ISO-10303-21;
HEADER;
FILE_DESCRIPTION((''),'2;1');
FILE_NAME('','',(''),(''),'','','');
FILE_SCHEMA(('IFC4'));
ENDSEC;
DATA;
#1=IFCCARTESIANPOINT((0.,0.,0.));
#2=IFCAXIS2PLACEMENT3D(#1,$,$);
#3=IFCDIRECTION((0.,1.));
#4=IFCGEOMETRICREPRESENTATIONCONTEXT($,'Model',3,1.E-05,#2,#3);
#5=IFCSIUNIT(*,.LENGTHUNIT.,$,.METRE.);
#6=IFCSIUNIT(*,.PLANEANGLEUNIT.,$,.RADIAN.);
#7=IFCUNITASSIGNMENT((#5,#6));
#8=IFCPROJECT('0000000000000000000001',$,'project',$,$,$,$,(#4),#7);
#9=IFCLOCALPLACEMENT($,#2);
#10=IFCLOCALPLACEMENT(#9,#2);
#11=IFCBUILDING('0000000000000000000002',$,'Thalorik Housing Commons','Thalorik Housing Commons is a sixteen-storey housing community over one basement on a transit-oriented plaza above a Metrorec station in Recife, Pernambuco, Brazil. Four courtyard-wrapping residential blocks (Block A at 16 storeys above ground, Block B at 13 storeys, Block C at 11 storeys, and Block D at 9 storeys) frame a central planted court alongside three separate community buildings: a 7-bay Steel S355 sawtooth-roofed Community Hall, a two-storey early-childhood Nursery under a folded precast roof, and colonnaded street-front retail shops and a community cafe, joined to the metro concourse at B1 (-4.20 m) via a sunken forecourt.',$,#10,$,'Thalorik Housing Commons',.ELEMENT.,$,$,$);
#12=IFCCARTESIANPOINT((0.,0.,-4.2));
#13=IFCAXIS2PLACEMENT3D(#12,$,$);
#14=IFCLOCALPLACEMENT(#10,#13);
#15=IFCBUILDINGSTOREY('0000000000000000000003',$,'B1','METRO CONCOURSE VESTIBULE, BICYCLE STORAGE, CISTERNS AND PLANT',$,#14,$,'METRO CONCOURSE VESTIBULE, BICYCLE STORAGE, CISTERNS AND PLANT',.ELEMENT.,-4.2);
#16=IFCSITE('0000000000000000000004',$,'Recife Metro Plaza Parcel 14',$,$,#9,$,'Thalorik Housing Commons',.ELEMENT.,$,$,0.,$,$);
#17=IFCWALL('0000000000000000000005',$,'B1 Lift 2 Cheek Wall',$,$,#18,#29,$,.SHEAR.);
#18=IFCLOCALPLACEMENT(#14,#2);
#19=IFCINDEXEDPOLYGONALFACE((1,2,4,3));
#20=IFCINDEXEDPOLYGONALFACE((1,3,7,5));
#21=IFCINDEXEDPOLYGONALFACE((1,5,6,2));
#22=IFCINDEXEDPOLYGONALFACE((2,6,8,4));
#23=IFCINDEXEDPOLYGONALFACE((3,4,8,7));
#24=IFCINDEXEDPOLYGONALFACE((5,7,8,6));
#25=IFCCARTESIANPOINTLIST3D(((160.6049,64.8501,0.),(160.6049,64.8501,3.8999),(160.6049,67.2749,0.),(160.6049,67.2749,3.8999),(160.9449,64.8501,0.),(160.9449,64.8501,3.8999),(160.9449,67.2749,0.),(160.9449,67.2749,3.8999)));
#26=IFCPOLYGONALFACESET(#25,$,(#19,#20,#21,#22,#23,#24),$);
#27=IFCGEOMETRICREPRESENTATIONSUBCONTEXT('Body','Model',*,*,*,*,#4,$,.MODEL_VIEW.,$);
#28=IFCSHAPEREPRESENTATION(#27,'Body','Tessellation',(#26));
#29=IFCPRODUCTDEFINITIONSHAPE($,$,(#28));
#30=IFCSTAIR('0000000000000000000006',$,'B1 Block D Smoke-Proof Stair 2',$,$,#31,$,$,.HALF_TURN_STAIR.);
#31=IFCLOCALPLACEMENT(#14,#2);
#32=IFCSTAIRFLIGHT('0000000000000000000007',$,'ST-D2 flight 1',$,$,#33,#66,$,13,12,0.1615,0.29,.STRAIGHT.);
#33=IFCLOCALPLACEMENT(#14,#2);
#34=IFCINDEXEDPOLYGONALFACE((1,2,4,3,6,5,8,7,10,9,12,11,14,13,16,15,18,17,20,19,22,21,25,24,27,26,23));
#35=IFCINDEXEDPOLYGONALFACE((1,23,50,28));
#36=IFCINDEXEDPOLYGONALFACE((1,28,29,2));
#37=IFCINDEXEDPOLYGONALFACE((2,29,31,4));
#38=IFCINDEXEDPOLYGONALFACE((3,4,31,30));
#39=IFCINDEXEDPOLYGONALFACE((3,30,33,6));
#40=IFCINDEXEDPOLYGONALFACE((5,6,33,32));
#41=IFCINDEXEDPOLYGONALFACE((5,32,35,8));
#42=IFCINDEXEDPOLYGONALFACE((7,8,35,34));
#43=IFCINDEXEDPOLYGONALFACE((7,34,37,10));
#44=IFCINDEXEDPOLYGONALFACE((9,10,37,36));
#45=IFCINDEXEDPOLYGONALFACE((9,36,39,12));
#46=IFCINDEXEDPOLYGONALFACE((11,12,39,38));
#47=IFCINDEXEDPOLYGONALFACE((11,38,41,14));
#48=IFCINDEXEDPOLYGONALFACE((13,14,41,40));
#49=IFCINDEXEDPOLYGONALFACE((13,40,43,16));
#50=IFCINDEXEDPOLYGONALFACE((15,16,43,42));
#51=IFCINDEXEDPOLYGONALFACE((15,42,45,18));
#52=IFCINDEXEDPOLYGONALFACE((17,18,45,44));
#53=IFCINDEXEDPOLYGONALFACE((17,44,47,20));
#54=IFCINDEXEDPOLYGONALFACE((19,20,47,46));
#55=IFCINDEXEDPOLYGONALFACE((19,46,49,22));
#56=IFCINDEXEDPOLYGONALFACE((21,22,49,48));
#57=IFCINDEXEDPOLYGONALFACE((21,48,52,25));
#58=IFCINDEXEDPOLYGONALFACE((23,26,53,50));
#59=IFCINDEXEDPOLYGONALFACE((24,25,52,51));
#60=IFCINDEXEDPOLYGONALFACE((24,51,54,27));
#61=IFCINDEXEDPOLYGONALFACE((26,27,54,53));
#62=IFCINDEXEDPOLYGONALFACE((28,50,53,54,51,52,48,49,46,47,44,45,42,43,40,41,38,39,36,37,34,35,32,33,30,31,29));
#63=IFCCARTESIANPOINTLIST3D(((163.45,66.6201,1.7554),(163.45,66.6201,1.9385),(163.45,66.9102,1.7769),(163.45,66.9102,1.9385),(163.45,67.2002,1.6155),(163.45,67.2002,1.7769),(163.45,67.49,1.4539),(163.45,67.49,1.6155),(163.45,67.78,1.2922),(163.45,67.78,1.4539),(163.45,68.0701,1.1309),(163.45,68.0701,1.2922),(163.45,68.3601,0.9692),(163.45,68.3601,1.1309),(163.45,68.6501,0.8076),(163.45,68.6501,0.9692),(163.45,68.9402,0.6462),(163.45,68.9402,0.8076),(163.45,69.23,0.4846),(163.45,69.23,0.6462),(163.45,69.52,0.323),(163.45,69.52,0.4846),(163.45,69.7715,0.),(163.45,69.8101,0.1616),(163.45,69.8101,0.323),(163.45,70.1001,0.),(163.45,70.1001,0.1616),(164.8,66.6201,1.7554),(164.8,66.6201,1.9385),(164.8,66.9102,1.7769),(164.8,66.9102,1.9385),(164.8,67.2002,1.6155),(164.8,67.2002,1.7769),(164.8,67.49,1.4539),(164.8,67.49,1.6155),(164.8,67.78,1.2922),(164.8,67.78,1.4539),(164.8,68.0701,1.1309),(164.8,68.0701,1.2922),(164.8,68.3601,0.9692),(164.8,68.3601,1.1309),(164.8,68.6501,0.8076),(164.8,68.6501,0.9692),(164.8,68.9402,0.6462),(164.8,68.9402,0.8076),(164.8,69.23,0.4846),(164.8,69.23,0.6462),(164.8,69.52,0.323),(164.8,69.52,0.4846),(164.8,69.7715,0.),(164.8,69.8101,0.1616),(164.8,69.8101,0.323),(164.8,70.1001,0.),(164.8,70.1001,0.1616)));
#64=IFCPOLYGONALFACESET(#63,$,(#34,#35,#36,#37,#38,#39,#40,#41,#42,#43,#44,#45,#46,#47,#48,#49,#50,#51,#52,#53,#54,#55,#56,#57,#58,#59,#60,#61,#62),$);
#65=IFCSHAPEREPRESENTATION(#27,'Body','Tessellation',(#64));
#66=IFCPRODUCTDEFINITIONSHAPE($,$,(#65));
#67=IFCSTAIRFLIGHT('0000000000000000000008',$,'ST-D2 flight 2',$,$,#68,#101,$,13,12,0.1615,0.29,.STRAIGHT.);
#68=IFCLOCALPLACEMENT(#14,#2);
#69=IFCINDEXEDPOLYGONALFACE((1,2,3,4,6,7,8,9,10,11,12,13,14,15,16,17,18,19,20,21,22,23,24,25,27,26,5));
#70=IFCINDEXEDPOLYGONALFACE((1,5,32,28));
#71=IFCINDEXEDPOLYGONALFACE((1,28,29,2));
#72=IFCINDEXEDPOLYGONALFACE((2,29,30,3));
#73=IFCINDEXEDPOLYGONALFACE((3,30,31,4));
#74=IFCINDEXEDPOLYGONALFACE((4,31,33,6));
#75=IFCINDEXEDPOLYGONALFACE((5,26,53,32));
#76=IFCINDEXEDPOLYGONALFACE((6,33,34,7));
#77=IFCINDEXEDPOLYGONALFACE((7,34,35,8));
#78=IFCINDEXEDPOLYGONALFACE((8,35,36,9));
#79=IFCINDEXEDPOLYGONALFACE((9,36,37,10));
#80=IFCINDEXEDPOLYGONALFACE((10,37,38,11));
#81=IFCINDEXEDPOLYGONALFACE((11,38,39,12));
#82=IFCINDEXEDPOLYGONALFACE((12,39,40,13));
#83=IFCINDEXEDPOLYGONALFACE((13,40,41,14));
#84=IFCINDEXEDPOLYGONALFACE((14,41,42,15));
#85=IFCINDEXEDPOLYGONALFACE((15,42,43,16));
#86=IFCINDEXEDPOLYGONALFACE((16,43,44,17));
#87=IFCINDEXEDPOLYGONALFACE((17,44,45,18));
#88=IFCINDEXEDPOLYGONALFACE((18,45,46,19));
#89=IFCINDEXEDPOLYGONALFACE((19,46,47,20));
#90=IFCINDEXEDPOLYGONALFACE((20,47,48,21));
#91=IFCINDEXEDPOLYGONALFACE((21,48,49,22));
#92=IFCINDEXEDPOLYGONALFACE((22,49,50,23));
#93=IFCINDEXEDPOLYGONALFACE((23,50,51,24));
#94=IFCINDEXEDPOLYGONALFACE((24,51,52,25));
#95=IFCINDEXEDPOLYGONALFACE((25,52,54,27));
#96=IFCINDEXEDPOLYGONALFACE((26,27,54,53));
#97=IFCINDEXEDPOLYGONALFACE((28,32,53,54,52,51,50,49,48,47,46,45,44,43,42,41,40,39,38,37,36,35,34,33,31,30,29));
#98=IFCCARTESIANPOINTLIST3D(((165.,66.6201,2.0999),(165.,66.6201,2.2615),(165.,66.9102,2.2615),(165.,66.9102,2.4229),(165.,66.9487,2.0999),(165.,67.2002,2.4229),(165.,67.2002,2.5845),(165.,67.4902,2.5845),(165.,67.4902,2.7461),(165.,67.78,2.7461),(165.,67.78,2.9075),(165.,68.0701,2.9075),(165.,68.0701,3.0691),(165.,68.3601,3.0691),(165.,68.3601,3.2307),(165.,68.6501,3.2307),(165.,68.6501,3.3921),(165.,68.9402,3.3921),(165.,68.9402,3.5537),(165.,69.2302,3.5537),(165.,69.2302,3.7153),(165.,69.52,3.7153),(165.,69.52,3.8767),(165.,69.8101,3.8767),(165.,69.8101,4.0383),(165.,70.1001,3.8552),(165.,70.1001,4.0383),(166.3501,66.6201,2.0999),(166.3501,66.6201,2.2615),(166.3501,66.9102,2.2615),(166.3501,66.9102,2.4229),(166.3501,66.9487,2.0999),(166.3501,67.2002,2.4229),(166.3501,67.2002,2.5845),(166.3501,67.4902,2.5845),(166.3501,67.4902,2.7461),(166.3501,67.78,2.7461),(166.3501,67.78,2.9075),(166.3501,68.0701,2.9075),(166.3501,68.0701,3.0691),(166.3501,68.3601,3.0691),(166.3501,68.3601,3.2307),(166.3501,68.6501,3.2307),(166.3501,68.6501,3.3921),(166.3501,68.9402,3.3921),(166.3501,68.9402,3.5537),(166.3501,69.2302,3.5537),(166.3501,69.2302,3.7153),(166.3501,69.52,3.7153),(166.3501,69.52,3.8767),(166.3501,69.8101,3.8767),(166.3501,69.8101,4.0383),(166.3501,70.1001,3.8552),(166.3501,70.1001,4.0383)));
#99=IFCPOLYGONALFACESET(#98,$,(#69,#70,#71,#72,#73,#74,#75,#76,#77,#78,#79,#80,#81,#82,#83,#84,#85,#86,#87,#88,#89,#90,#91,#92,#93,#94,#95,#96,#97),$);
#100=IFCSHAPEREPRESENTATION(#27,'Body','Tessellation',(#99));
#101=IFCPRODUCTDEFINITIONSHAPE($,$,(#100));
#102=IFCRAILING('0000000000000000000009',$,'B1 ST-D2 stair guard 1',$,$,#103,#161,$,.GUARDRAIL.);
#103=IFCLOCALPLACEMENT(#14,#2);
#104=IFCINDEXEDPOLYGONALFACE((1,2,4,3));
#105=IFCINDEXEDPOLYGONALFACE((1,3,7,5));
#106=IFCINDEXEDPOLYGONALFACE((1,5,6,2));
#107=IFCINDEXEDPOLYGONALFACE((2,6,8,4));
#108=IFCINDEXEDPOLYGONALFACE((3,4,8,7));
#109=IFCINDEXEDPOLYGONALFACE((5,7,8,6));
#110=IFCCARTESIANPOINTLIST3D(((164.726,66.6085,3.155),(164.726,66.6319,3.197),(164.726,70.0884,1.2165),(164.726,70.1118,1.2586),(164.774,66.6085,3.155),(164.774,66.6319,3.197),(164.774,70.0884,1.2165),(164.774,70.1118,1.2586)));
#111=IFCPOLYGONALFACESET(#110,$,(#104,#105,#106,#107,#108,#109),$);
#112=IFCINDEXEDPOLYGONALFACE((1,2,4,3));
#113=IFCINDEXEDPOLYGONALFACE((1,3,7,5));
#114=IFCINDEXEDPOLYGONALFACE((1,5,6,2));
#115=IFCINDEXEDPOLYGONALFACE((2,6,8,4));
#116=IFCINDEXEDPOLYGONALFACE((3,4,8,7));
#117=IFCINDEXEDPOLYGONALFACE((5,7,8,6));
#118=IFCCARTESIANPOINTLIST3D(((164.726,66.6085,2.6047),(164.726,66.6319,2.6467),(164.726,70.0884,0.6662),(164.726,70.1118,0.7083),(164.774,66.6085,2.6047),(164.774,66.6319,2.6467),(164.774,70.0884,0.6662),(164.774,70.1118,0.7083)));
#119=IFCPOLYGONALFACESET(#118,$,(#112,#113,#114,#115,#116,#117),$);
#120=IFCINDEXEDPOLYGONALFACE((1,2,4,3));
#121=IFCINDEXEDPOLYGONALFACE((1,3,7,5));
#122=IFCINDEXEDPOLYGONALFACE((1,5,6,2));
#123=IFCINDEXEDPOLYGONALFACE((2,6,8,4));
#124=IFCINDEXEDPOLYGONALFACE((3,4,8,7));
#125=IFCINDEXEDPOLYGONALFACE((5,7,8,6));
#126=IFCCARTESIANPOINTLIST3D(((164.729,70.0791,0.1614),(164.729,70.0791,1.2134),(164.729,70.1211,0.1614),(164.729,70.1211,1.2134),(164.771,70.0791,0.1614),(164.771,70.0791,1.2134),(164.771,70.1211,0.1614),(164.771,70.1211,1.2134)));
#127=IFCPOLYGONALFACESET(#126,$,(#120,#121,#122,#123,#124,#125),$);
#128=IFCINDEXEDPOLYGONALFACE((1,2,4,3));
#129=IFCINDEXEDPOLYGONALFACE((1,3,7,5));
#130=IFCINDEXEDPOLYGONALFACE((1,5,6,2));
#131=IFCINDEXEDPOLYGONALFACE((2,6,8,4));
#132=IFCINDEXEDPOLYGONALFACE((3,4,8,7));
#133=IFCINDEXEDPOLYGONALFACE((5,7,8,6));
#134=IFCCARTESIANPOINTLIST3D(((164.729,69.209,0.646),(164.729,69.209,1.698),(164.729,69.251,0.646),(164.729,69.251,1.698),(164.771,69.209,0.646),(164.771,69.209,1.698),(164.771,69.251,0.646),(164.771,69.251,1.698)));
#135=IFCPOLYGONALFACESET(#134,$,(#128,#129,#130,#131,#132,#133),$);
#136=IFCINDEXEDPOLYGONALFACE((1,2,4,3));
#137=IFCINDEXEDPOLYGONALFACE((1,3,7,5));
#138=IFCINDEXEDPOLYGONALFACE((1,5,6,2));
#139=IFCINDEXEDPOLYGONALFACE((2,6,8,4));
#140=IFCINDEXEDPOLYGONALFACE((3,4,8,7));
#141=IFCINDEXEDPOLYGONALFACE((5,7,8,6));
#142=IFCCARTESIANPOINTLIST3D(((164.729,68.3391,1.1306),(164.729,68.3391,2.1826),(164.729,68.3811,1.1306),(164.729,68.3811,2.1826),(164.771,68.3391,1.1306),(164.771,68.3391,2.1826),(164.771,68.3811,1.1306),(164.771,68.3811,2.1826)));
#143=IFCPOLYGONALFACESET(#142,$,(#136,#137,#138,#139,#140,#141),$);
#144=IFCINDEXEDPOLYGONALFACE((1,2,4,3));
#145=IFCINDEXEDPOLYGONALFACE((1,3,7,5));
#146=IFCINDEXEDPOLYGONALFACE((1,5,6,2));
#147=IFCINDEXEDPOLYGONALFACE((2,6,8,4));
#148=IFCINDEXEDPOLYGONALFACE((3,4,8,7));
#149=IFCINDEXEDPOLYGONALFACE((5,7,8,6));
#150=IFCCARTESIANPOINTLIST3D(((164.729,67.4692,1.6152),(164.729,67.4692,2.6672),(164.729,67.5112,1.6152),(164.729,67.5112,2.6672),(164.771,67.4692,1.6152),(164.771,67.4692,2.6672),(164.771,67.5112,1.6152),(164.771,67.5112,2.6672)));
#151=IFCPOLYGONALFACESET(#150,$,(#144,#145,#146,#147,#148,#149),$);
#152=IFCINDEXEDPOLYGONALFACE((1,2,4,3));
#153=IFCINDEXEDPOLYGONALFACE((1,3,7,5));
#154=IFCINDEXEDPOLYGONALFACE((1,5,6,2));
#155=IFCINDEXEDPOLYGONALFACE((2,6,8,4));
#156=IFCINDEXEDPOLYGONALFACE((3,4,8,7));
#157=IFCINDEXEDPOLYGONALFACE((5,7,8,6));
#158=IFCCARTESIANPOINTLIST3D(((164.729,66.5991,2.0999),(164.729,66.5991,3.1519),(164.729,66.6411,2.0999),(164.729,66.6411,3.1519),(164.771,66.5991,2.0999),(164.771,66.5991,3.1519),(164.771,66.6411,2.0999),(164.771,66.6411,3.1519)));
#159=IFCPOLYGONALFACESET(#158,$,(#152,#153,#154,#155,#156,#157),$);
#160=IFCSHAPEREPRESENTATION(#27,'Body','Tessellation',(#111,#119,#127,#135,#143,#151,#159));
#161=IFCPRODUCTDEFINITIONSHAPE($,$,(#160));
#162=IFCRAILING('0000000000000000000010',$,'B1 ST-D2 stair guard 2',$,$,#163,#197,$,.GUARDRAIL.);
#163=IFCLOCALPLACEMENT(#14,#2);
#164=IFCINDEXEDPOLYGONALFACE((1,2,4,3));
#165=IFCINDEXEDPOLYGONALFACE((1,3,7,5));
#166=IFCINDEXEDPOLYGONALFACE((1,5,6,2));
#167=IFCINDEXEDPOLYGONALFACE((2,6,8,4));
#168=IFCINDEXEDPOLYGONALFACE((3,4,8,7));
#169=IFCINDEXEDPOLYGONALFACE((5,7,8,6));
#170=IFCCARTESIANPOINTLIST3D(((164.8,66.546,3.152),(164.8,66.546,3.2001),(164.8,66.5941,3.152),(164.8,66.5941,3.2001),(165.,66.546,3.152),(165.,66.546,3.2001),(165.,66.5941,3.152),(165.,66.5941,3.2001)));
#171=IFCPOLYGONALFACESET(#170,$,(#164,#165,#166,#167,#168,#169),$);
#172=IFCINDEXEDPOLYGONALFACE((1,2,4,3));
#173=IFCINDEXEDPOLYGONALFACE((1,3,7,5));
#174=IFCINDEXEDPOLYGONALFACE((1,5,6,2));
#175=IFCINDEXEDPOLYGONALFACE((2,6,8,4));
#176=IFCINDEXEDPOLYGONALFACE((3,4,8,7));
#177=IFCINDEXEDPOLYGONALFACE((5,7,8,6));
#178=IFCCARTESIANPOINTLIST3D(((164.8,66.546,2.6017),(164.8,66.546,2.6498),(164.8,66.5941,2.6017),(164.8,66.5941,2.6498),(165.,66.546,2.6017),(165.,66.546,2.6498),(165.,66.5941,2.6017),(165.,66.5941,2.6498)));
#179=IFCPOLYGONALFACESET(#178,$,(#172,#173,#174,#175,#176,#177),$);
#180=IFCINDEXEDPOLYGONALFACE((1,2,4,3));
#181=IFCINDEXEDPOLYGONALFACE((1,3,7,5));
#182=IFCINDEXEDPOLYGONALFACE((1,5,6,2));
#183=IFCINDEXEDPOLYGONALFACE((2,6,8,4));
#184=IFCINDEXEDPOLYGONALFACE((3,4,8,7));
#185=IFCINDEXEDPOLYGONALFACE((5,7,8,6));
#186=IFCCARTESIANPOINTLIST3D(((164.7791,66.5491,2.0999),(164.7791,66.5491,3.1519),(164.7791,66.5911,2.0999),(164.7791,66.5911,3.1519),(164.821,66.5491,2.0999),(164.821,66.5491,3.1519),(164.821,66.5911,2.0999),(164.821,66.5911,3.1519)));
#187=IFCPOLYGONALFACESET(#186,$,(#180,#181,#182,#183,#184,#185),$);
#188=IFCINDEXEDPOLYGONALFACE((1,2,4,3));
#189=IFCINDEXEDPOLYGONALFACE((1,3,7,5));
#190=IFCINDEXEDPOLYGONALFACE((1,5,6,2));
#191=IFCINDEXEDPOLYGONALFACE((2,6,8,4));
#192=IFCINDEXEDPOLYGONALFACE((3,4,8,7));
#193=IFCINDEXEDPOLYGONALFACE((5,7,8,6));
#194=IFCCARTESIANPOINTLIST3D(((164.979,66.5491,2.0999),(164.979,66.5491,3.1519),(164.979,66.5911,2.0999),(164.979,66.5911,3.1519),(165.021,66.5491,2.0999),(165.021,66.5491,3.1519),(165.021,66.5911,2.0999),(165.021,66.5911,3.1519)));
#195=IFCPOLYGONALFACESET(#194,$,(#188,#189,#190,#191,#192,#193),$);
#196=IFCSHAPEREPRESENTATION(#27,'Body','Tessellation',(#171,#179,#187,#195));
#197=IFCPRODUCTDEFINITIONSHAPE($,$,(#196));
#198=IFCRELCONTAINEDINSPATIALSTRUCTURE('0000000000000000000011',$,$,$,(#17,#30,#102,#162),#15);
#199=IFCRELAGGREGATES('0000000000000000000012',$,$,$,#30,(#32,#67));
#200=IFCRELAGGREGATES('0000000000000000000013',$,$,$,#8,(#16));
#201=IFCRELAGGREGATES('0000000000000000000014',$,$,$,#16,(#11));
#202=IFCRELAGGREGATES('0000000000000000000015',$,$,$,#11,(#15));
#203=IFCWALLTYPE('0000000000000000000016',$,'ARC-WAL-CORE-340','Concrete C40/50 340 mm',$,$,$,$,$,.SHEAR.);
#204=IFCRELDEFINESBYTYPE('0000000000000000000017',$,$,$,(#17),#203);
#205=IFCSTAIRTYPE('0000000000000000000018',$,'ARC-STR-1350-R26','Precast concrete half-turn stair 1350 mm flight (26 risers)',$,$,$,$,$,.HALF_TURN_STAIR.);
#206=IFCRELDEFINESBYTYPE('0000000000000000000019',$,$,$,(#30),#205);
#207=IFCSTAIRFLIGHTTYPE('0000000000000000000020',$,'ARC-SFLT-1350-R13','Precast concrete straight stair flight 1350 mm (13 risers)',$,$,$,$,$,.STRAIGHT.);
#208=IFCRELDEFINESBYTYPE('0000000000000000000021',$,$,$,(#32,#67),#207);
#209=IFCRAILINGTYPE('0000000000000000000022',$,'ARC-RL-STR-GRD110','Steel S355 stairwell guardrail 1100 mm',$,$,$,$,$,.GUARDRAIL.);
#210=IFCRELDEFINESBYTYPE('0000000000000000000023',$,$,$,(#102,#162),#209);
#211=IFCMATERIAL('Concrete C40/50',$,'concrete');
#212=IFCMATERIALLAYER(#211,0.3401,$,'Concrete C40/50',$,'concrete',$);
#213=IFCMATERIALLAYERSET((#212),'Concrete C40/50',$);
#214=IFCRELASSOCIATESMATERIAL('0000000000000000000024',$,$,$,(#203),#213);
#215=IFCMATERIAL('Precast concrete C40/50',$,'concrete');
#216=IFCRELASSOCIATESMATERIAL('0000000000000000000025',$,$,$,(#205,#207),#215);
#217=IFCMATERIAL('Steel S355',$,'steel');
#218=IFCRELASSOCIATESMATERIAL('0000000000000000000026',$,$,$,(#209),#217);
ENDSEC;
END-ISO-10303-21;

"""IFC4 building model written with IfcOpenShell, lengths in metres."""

from ifc_helpers import new_model, si_unit, direction, frame, frame_2d, origin, origin_2d, place, context, subcontext, project, spatial, polyline, rectangle, outline, extrude, material, layer, layer_set, type_object, element, aggregate, save


model = new_model("IFC4")

# Units and contexts
model_context = context("Model", 3, precision=1e-05, world=origin(), true_north=direction((0.0, 1.0)))
body_context = subcontext(model_context, "Body", "Model", "MODEL_VIEW")
ifc_project = project(units=[si_unit("LENGTHUNIT", "METRE"), si_unit("PLANEANGLEUNIT", "RADIAN")], contexts=[model_context])

# Site, building, storey
site_placement = place(None, origin())
site = spatial("IfcSite", under=ifc_project, at=site_placement, Name="Recife Metro Plaza Parcel 14", LongName="Thalorik Housing Commons", CompositionType="ELEMENT", RefElevation=0.0)
building_placement = place(site_placement, origin())
building = spatial("IfcBuilding", under=site, at=building_placement, Name="Thalorik Housing Commons", Description="Thalorik Housing Commons is a sixteen-storey housing community over one basement on a transit-oriented plaza above a Metrorec station in Recife, Pernambuco, Brazil. Four courtyard-wrapping residential blocks (Block A at 16 storeys above ground, Block B at 13 storeys, Block C at 11 storeys, and Block D at 9 storeys) frame a central planted court alongside three separate community buildings: a 7-bay Steel S355 sawtooth-roofed Community Hall, a two-storey early-childhood Nursery under a folded precast roof, and colonnaded street-front retail shops and a community cafe, joined to the metro concourse at B1 (-4.20 m) via a sunken forecourt.", LongName="Thalorik Housing Commons", CompositionType="ELEMENT")
storey_placement = place(building_placement, frame((0.0, 0.0, -4.2)))
storey = spatial("IfcBuildingStorey", under=building, at=storey_placement, Name="B1", Description="METRO CONCOURSE VESTIBULE, BICYCLE STORAGE, CISTERNS AND PLANT", LongName="METRO CONCOURSE VESTIBULE, BICYCLE STORAGE, CISTERNS AND PLANT", CompositionType="ELEMENT", Elevation=-4.2)

# Shared definitions
ifc_material_1 = material(Name="Concrete C40/50", Category="concrete")

# Shared definitions
ifc_material_2 = material(Name="Precast concrete C40/50", Category="concrete")

# Shared definitions
ifc_material_3 = material(Name="Steel S355", Category="steel")

# Wall
ifc_layer_1 = layer(ifc_material_1, 0.3401, Name="Concrete C40/50", Category="concrete")
ifc_layer_set_1 = layer_set([ifc_layer_1], Name="Concrete C40/50")
wall_type_1 = type_object("IfcWallType", Name="ARC-WAL-CORE-340", Description="Concrete C40/50 340 mm", PredefinedType="SHEAR", material=ifc_layer_set_1)
for number, where, z_axis, x_axis, name in (
    (1, (160.7749, 67.2749, 0.0), (0.0, 0.0, 1.0), (0.0, -1.0, 0.0), "B1 Lift 2 Cheek Wall"),
):
    element("IfcWall", number, at=place(storey_placement, frame(where, z_axis=z_axis, x_axis=x_axis)), inside=storey, type_object=wall_type_1, Name=name, PredefinedType="SHEAR", context=body_context, shape_type="SweptSolid", body=[
        extrude(rectangle(XDim=2.4248, YDim=0.3401, at=frame_2d((1.2124, 0.0))), origin(), (0.0, 0.0, 1.0), 3.8999),
    ])

# Stair, stair flights
stair_type = type_object("IfcStairType", Name="ARC-STR-1350-R26", Description="Precast concrete half-turn stair 1350 mm flight (26 risers)", PredefinedType="HALF_TURN_STAIR", material=ifc_material_2)
stair_placement = place(storey_placement, origin())
stair = element("IfcStair", 2, at=stair_placement, inside=storey, type_object=stair_type, Name="B1 Block D Smoke-Proof Stair 2", PredefinedType="HALF_TURN_STAIR")
stair_flight_type = type_object("IfcStairFlightType", Name="ARC-SFLT-1350-R13", Description="Precast concrete straight stair flight 1350 mm (13 risers)", PredefinedType="STRAIGHT", material=ifc_material_2)
stair_flight_1_placement = place(storey_placement, frame((164.125, 70.1001, 0.0), z_axis=(0.0, 0.0, 1.0), x_axis=(0.0, -1.0, 0.0)))
stair_flight_1 = element("IfcStairFlight", 3, at=stair_flight_1_placement, type_object=stair_flight_type, Name="ST-D2 flight 1", NumberOfRisers=13, NumberOfTreads=12, PredefinedType="STRAIGHT", RiserHeight=0.1615, TreadLength=0.29, context=body_context, shape_type="SweptSolid", body=[
    extrude(outline(polyline([(0.0, 0.0), (0.0, 0.1616), (0.29, 0.1616), (0.29, 0.323), (0.5801, 0.323), (0.5801, 0.4846), (0.8701, 0.4846), (0.8701, 0.6462), (1.1599, 0.6462), (1.1599, 0.8076), (1.45, 0.8076), (1.45, 0.9692), (1.74, 0.9692), (1.74, 1.1309), (2.03, 1.1309), (2.03, 1.2922), (2.3201, 1.2922), (2.3201, 1.4539), (2.6101, 1.4539), (2.6101, 1.6155), (2.8999, 1.6155), (2.8999, 1.7769), (3.1899, 1.7769), (3.1899, 1.9385), (3.48, 1.9385), (3.48, 2.1001), (3.48, 1.7554), (0.3286, 0.0), (0.0, 0.0)])), frame((0.0, 0.675, 0.0), z_axis=(0.0, -1.0, 0.0), x_axis=(1.0, 0.0, 0.0)), (0.0, 0.0, 1.0), 1.3501),
])
stair_flight_2_placement = place(storey_placement, frame((165.675, 66.6201, 2.0999), z_axis=(0.0, 0.0, 1.0), x_axis=(0.0, 1.0, 0.0)))
stair_flight_2 = element("IfcStairFlight", 4, at=stair_flight_2_placement, type_object=stair_flight_type, Name="ST-D2 flight 2", NumberOfRisers=13, NumberOfTreads=12, PredefinedType="STRAIGHT", RiserHeight=0.1615, TreadLength=0.29, context=body_context, shape_type="SweptSolid", body=[
    extrude(outline(polyline([(0.0, 0.0), (0.0, 0.1616), (0.29, 0.1616), (0.29, 0.323), (0.5801, 0.323), (0.5801, 0.4846), (0.8701, 0.4846), (0.8701, 0.6462), (1.1599, 0.6462), (1.1599, 0.8076), (1.45, 0.8076), (1.45, 0.9692), (1.74, 0.9692), (1.74, 1.1309), (2.03, 1.1309), (2.03, 1.2922), (2.3201, 1.2922), (2.3201, 1.4539), (2.6101, 1.4539), (2.6101, 1.6155), (2.8999, 1.6155), (2.8999, 1.7769), (3.1899, 1.7769), (3.1899, 1.9385), (3.48, 1.9385), (3.48, 2.1001), (3.48, 1.7554), (0.3286, 0.0), (0.0, 0.0)])), frame((0.0, 0.675, 0.0), z_axis=(0.0, -1.0, 0.0), x_axis=(1.0, 0.0, 0.0)), (0.0, 0.0, 1.0), 1.3501),
])
aggregate(stair, [stair_flight_1, stair_flight_2])

# Railings
railing_type_1 = type_object("IfcRailingType", Name="ARC-RL-STR-GRD110", Description="Steel S355 stairwell guardrail 1100 mm", PredefinedType="GUARDRAIL", material=ifc_material_3)
railing_1_placement = place(storey_placement, frame((164.75, 70.1001, 0.1614)))
element("IfcRailing", 5, at=railing_1_placement, inside=storey, type_object=railing_type_1, Name="B1 ST-D2 stair guard 1", PredefinedType="GUARDRAIL", context=body_context, shape_type="SweptSolid", body=[
    extrude(rectangle(XDim=0.0481, YDim=0.0481, at=origin_2d()), frame((0.0, 0.0, 1.0762), z_axis=(0.0, -0.873607, 0.486631), x_axis=(1.0, 0.0, 0.0)), (0.0, 0.0, 1.0), 3.9834),
    extrude(rectangle(XDim=0.0481, YDim=0.0481, at=origin_2d()), frame((0.0, 0.0, 0.5259), z_axis=(0.0, -0.873607, 0.486631), x_axis=(1.0, 0.0, 0.0)), (0.0, 0.0, 1.0), 3.9834),
    extrude(rectangle(XDim=0.042, YDim=0.042, at=origin_2d()), origin(), (0.0, 0.0, 1.0), 1.052),
    extrude(rectangle(XDim=0.042, YDim=0.042, at=origin_2d()), frame((0.0, -0.8701, 0.4846)), (0.0, 0.0, 1.0), 1.052),
    extrude(rectangle(XDim=0.042, YDim=0.042, at=origin_2d()), frame((0.0, -1.74, 0.9692)), (0.0, 0.0, 1.0), 1.052),
    extrude(rectangle(XDim=0.042, YDim=0.042, at=origin_2d()), frame((0.0, -2.6099, 1.4539)), (0.0, 0.0, 1.0), 1.052),
    extrude(rectangle(XDim=0.042, YDim=0.042, at=origin_2d()), frame((0.0, -3.48, 1.9385)), (0.0, 0.0, 1.0), 1.052),
])
railing_2_placement = place(storey_placement, frame((164.8, 66.5701, 2.0999)))
element("IfcRailing", 6, at=railing_2_placement, inside=storey, type_object=railing_type_1, Name="B1 ST-D2 stair guard 2", PredefinedType="GUARDRAIL", context=body_context, shape_type="SweptSolid", body=[
    extrude(rectangle(XDim=0.0481, YDim=0.0481, at=origin_2d()), frame((0.0, 0.0, 1.0762), z_axis=(1.0, 0.0, 0.0), x_axis=(0.0, 1.0, 0.0)), (0.0, 0.0, 1.0), 0.2),
    extrude(rectangle(XDim=0.0481, YDim=0.0481, at=origin_2d()), frame((0.0, 0.0, 0.5259), z_axis=(1.0, 0.0, 0.0), x_axis=(0.0, 1.0, 0.0)), (0.0, 0.0, 1.0), 0.2),
    extrude(rectangle(XDim=0.042, YDim=0.042, at=origin_2d()), origin(), (0.0, 0.0, 1.0), 1.052),
    extrude(rectangle(XDim=0.042, YDim=0.042, at=origin_2d()), frame((0.2, 0.0, 0.0)), (0.0, 0.0, 1.0), 1.052),
])

save(model, "model.ifc")
